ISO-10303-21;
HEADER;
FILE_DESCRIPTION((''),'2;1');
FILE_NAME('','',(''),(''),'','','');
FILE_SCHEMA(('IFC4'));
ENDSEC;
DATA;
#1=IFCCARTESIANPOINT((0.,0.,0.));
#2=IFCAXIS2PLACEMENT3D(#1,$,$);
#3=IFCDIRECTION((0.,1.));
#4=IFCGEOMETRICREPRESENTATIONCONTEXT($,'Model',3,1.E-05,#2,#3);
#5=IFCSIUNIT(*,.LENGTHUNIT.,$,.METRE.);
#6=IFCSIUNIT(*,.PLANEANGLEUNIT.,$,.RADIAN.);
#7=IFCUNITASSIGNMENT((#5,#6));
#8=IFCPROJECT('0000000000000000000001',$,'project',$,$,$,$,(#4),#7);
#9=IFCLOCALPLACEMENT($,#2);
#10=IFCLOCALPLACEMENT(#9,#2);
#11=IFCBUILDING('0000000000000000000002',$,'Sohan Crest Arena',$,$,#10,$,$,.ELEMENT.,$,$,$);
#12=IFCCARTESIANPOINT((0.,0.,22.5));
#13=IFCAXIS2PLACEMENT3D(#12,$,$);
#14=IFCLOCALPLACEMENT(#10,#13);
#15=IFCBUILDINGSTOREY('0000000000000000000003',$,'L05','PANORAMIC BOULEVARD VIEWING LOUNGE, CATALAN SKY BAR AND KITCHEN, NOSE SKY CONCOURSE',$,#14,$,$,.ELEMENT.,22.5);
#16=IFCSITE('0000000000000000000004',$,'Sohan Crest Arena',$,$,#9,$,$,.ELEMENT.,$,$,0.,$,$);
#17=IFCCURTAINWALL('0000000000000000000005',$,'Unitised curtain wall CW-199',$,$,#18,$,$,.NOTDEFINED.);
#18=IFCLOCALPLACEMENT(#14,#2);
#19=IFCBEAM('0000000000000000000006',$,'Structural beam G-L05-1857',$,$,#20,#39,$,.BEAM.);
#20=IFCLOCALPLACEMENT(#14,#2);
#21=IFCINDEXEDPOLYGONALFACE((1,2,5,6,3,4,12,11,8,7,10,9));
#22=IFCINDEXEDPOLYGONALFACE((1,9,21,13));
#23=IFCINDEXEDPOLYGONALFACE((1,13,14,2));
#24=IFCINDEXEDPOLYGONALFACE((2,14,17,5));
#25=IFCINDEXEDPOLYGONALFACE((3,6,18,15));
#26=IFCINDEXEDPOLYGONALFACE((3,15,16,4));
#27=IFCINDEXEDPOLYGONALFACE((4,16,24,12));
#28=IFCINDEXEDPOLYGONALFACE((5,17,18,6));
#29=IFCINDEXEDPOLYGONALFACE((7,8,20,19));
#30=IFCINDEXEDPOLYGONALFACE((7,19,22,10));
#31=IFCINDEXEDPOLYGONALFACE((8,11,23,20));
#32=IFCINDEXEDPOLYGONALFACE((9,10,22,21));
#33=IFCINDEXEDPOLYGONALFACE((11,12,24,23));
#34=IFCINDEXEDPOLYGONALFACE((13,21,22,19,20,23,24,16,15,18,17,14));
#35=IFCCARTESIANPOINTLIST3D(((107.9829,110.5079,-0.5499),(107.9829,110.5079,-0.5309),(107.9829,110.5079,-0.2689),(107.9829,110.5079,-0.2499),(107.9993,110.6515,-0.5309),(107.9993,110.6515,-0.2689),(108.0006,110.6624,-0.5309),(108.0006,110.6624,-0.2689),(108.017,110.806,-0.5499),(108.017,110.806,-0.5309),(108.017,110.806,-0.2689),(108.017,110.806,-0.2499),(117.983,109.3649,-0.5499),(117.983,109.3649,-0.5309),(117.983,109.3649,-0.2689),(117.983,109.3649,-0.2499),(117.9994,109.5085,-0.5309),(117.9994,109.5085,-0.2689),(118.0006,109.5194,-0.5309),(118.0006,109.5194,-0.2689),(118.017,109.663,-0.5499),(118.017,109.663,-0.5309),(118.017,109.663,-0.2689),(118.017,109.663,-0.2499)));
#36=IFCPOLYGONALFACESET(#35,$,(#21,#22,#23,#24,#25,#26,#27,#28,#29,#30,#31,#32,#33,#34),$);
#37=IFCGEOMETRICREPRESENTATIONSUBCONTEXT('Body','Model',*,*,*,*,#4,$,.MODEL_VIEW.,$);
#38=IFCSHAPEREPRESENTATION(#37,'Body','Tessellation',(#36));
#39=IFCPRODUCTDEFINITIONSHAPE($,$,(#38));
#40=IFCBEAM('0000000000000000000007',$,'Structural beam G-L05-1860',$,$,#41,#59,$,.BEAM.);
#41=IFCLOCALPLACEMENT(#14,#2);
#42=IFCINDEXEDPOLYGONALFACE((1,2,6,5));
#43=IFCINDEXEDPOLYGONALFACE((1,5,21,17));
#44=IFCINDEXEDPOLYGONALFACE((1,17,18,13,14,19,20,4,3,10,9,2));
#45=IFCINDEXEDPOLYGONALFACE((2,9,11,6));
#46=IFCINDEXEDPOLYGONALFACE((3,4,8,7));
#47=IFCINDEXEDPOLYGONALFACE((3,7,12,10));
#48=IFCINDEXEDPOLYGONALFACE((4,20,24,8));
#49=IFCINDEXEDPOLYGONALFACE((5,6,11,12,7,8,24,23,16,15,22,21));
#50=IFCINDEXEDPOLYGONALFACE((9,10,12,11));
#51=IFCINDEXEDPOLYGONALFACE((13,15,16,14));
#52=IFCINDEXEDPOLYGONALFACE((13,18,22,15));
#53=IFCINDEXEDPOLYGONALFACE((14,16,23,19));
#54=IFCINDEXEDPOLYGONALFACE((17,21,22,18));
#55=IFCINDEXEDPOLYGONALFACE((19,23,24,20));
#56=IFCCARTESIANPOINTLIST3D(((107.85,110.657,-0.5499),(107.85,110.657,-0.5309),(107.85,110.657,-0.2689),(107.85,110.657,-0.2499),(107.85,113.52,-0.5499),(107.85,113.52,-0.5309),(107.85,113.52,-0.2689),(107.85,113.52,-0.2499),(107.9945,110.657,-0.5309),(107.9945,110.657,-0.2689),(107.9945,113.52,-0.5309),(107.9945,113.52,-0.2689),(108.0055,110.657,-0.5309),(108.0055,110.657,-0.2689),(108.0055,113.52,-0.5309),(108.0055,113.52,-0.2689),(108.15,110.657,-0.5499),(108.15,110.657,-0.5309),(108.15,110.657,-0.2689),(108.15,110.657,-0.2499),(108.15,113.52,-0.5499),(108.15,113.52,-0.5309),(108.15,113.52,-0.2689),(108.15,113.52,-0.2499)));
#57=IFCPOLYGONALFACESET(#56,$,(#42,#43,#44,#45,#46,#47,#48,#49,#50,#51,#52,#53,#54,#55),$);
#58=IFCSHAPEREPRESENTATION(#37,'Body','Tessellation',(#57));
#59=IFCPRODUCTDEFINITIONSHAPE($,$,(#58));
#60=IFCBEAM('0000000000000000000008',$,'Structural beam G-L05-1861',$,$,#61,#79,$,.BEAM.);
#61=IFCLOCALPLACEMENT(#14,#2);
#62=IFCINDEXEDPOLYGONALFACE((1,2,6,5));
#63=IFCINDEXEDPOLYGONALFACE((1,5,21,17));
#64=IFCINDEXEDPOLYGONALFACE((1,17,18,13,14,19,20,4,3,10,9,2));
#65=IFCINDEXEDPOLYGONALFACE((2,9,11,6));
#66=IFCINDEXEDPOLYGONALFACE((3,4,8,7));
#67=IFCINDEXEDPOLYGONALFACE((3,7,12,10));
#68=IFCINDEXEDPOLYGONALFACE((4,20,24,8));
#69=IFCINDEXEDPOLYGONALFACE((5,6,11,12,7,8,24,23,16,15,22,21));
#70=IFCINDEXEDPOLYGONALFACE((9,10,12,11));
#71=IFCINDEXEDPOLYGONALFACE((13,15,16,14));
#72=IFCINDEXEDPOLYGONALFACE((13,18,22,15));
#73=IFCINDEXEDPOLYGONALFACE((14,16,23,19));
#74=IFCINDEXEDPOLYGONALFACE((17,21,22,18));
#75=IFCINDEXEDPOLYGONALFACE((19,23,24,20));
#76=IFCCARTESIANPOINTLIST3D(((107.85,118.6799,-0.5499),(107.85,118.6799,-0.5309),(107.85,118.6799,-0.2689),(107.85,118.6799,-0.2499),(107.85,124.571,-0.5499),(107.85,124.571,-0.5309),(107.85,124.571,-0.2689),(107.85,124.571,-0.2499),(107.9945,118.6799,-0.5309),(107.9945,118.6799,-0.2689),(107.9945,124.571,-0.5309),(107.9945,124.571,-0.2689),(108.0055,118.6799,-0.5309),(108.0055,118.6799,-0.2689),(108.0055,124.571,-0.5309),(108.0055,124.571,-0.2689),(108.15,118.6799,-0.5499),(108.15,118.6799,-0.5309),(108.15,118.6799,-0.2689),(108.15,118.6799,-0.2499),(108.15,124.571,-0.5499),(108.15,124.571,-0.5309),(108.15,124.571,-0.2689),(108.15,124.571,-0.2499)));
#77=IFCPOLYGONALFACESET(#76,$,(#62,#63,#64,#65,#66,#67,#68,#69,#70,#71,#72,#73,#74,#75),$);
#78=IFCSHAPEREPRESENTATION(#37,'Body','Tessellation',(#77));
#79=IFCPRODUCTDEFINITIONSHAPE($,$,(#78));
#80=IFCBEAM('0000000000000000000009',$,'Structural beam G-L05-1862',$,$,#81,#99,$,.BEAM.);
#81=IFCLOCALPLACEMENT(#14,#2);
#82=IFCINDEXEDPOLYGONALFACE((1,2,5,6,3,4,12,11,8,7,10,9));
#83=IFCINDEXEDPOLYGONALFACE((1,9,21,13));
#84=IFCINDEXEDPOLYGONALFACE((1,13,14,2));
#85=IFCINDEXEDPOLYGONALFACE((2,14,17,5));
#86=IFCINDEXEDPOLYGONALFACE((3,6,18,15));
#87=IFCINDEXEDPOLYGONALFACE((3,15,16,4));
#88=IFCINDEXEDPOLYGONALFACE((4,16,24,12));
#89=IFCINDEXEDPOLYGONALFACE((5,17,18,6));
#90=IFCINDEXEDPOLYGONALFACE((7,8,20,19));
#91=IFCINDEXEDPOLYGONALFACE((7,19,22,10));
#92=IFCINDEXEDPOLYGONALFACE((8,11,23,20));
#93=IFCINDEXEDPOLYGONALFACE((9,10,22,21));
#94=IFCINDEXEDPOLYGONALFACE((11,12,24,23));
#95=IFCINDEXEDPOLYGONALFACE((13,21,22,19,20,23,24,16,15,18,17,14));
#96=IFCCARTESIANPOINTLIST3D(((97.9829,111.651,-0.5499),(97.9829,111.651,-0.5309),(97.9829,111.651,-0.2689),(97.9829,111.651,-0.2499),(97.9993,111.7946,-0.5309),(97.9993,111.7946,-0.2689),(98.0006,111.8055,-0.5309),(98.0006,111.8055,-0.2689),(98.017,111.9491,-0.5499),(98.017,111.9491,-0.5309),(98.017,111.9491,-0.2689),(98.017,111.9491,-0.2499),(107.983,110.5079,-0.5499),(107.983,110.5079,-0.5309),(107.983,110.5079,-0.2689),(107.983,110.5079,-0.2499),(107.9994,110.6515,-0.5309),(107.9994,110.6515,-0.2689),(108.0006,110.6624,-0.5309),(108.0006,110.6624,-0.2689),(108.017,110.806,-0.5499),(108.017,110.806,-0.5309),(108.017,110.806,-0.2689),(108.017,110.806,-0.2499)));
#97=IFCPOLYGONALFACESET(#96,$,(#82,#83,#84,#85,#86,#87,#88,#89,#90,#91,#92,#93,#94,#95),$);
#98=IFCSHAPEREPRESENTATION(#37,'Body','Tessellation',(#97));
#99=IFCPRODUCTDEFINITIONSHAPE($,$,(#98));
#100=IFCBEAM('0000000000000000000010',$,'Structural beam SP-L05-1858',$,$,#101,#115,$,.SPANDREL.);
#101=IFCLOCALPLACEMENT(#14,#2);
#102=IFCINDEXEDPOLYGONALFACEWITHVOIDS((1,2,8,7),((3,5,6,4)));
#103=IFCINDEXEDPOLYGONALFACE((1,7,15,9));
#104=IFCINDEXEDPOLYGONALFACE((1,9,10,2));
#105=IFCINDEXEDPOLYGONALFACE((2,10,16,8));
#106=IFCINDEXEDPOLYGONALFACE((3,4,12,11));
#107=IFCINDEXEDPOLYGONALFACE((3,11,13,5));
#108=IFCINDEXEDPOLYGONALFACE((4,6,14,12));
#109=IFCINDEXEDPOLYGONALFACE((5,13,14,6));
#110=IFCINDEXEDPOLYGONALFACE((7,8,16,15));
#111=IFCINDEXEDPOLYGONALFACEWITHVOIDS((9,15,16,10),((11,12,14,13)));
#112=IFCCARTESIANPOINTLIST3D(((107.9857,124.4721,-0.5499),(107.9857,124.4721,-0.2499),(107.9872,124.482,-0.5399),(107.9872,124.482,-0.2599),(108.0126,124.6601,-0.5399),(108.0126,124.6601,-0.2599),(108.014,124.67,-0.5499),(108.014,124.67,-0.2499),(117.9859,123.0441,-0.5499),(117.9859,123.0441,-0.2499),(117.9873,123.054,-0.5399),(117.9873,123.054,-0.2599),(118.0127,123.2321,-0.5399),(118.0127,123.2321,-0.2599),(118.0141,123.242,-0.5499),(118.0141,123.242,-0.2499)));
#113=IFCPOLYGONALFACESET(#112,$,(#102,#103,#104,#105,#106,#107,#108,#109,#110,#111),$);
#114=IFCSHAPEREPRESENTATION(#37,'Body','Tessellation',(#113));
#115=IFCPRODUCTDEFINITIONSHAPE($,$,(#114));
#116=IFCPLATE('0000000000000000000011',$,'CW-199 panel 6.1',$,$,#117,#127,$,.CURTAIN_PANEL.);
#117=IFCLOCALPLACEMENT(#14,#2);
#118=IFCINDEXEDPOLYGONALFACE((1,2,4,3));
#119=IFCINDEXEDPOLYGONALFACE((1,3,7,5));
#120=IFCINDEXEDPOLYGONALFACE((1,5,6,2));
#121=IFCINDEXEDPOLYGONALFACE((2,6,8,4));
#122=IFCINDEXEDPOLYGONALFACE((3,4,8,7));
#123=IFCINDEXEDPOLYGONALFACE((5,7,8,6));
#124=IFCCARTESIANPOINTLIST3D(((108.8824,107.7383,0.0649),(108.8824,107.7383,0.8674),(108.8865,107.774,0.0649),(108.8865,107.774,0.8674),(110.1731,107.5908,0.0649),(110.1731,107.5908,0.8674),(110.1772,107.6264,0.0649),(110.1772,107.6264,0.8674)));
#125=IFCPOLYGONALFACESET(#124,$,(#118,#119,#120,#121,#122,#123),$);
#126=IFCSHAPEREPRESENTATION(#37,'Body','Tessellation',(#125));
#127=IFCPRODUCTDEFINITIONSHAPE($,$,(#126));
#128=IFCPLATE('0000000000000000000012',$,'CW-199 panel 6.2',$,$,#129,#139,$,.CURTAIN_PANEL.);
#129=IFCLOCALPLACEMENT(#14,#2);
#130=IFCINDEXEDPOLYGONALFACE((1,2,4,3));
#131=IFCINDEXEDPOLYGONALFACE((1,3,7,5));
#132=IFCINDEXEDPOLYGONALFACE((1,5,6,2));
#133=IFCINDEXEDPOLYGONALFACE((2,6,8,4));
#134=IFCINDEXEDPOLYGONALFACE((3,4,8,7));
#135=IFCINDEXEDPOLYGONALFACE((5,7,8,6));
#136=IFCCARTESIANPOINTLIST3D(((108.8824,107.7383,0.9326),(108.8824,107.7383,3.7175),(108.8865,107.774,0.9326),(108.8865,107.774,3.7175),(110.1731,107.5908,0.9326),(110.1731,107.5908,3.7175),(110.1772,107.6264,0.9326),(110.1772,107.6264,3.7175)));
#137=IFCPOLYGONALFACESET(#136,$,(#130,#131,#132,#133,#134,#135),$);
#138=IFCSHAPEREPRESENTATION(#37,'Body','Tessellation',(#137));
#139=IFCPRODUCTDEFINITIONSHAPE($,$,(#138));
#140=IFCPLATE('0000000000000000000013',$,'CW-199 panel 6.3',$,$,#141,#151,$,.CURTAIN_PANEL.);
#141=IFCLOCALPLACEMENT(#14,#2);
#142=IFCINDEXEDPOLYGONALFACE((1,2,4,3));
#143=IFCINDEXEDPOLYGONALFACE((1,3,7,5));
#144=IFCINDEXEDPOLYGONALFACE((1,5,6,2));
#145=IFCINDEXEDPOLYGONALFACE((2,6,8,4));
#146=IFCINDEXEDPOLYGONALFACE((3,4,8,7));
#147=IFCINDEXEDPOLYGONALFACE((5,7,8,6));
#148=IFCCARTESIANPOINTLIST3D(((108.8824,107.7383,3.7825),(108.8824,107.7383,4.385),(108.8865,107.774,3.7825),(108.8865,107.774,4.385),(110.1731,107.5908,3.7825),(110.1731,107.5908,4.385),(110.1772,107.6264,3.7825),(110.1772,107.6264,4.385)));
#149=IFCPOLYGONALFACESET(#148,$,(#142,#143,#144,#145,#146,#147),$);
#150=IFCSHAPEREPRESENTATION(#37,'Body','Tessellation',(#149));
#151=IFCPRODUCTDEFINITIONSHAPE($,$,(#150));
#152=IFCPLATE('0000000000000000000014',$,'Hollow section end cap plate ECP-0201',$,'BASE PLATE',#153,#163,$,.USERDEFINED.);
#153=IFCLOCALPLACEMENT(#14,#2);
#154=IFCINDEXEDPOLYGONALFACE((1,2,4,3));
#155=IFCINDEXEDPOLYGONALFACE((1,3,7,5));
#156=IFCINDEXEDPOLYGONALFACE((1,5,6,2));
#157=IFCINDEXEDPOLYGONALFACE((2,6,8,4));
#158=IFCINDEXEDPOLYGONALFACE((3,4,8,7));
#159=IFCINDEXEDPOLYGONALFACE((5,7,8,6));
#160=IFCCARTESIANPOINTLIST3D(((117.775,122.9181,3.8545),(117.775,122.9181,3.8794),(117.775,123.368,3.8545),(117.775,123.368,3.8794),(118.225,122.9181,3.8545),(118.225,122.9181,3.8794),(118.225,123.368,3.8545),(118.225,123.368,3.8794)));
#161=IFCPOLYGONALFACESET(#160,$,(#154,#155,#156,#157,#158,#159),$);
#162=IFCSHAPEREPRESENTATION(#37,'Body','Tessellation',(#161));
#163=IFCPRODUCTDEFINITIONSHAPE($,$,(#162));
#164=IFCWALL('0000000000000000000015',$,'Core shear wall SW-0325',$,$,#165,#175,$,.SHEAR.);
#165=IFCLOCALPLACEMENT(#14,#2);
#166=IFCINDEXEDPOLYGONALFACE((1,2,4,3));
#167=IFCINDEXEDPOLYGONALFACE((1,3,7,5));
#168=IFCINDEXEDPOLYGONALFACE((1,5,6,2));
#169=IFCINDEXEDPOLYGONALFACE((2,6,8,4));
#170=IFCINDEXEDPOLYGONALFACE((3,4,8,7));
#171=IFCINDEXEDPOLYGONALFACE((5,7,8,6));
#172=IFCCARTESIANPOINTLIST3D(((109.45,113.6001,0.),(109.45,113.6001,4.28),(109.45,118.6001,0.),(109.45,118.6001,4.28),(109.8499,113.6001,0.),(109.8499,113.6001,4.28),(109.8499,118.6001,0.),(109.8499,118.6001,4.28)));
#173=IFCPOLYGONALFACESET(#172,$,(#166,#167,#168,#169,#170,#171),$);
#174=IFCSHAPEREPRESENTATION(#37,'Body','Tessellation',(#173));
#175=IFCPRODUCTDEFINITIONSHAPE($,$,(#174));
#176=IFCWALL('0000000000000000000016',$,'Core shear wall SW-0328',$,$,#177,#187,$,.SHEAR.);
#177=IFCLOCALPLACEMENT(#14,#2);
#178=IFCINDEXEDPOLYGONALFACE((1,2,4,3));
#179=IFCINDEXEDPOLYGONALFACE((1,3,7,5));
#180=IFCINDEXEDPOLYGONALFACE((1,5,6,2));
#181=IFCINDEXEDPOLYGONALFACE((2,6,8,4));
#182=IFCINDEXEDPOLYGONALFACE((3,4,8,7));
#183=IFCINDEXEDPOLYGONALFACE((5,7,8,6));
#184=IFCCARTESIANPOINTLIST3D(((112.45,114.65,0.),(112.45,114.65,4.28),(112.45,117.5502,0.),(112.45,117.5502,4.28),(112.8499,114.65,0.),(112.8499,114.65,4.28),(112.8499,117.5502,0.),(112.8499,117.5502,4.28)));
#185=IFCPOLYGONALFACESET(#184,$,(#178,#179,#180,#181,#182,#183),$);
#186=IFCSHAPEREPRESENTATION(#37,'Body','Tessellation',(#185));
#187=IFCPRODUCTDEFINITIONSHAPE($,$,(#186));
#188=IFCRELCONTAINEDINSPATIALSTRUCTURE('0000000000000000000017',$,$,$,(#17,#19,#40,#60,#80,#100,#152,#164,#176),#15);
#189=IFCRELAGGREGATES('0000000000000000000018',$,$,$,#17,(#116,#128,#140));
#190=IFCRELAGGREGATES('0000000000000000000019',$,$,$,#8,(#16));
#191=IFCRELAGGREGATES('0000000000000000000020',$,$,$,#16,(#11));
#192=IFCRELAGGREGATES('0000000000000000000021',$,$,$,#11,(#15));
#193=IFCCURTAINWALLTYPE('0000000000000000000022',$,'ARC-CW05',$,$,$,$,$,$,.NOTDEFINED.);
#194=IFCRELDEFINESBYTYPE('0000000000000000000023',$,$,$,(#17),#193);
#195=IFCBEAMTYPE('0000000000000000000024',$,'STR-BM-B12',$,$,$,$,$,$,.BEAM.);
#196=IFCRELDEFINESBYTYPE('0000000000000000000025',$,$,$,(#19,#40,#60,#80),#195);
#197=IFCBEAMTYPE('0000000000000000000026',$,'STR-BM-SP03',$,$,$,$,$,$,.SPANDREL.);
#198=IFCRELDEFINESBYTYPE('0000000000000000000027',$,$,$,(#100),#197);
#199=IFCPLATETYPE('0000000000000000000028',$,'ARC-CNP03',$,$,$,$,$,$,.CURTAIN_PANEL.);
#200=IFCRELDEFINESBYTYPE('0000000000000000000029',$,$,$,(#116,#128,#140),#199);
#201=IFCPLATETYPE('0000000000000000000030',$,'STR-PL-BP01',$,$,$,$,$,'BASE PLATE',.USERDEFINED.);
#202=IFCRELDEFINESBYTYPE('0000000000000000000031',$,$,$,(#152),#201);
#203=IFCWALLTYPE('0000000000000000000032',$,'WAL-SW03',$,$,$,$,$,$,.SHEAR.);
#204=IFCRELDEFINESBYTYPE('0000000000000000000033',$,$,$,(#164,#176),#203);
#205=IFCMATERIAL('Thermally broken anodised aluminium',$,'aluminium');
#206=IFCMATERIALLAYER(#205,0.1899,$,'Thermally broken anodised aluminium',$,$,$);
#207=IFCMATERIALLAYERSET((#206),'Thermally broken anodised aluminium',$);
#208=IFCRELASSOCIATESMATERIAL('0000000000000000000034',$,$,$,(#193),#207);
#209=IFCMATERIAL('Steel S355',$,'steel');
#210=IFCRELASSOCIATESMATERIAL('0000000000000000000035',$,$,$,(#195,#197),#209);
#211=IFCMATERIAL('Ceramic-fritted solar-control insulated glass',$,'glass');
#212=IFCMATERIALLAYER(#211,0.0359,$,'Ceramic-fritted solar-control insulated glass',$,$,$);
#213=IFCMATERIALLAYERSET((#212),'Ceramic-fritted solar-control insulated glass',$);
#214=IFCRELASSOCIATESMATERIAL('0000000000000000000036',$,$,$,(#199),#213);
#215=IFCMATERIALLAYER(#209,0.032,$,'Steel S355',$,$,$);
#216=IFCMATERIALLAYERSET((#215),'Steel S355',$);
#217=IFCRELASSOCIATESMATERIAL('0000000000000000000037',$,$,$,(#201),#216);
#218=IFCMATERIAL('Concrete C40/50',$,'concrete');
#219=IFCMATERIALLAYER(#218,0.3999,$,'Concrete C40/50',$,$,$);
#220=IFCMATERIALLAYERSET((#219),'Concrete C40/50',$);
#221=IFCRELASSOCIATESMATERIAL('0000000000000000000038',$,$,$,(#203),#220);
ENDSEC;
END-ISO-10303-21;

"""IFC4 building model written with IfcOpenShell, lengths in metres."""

from ifc_helpers import new_model, si_unit, direction, frame, frame_2d, origin, origin_2d, place, context, subcontext, project, spatial, rectangle, hollow_rectangle, i_section, extrude, material, layer, layer_set, material_profile, profile_set, type_object, element, aggregate, save


model = new_model("IFC4")

# Units and contexts
model_context = context("Model", 3, precision=1e-05, world=origin(), true_north=direction((0.0, 1.0)))
body_context = subcontext(model_context, "Body", "Model", "MODEL_VIEW")
ifc_project = project(units=[si_unit("LENGTHUNIT", "METRE"), si_unit("PLANEANGLEUNIT", "RADIAN")], contexts=[model_context])

# Site, building, storey
site_placement = place(None, origin())
site = spatial("IfcSite", under=ifc_project, at=site_placement, Name="Sohan Crest Arena", CompositionType="ELEMENT", RefElevation=0.0)
building_placement = place(site_placement, origin())
building = spatial("IfcBuilding", under=site, at=building_placement, Name="Sohan Crest Arena", CompositionType="ELEMENT")
storey_placement = place(building_placement, frame((0.0, 0.0, 22.5)))
storey = spatial("IfcBuildingStorey", under=building, at=storey_placement, Name="L05", Description="PANORAMIC BOULEVARD VIEWING LOUNGE, CATALAN SKY BAR AND KITCHEN, NOSE SKY CONCOURSE", CompositionType="ELEMENT", Elevation=22.5)

# Shared definitions
ifc_material_1 = material(Name="Concrete C40/50", Category="concrete")
ifc_material_2 = material(Name="Steel S355", Category="steel")

# Curtain wall
ifc_material_3 = material(Name="Thermally broken anodised aluminium", Category="aluminium")
ifc_layer_1 = layer(ifc_material_3, 0.1899, Name="Thermally broken anodised aluminium")
ifc_layer_set_1 = layer_set([ifc_layer_1], Name="Thermally broken anodised aluminium")
curtain_wall_type = type_object("IfcCurtainWallType", Name="ARC-CW05", PredefinedType="NOTDEFINED", material=ifc_layer_set_1)
curtain_wall_placement = place(storey_placement, origin())
curtain_wall = element("IfcCurtainWall", 1, at=curtain_wall_placement, inside=storey, type_object=curtain_wall_type, Name="Unitised curtain wall CW-199", PredefinedType="NOTDEFINED")

# Beams
ifc_material_profile_1 = material_profile(ifc_material_2, i_section(OverallWidth=0.3, OverallDepth=0.3, WebThickness=0.011, FlangeThickness=0.019, at=origin_2d()), Name="HEB 300")
ifc_profile_set_1 = profile_set([ifc_material_profile_1], Name="Steel S355")
beam_type_1 = type_object("IfcBeamType", Name="STR-BM-B12", PredefinedType="BEAM", material=ifc_profile_set_1)
beam_1_placement = place(storey_placement, frame((118.0, 109.5139, -0.3999), z_axis=(-0.99353, 0.113567, 0.0), x_axis=(-0.113567, -0.99353, 0.0)))
element("IfcBeam", 2, at=beam_1_placement, inside=storey, type_object=beam_type_1, Name="Structural beam G-L05-1857", PredefinedType="BEAM", context=body_context, shape_type="SweptSolid", body=[
    extrude(i_section(OverallWidth=0.3, OverallDepth=0.3, WebThickness=0.011, FlangeThickness=0.019, at=origin_2d()), origin(), (0.0, 0.0, 1.0), 10.0652),
])
beam_2_placement = place(storey_placement, frame((108.0, 110.657, -0.3999), z_axis=(0.0, 1.0, 0.0), x_axis=(-1.0, 0.0, 0.0)))
element("IfcBeam", 3, at=beam_2_placement, inside=storey, type_object=beam_type_1, Name="Structural beam G-L05-1860", PredefinedType="BEAM", context=body_context, shape_type="SweptSolid", body=[
    extrude(i_section(OverallWidth=0.3, OverallDepth=0.3, WebThickness=0.011, FlangeThickness=0.019, at=origin_2d()), origin(), (0.0, 0.0, 1.0), 2.863),
])
beam_3_placement = place(storey_placement, frame((108.0, 118.6799, -0.3999), z_axis=(0.0, 1.0, 0.0), x_axis=(-1.0, 0.0, 0.0)))
element("IfcBeam", 4, at=beam_3_placement, inside=storey, type_object=beam_type_1, Name="Structural beam G-L05-1861", PredefinedType="BEAM", context=body_context, shape_type="SweptSolid", body=[
    extrude(i_section(OverallWidth=0.3, OverallDepth=0.3, WebThickness=0.011, FlangeThickness=0.019, at=origin_2d()), origin(), (0.0, 0.0, 1.0), 5.8911),
])
beam_4_placement = place(storey_placement, frame((108.0, 110.657, -0.3999), z_axis=(-0.99353, 0.113567, 0.0), x_axis=(-0.113567, -0.99353, 0.0)))
element("IfcBeam", 5, at=beam_4_placement, inside=storey, type_object=beam_type_1, Name="Structural beam G-L05-1862", PredefinedType="BEAM", context=body_context, shape_type="SweptSolid", body=[
    extrude(i_section(OverallWidth=0.3, OverallDepth=0.3, WebThickness=0.011, FlangeThickness=0.019, at=origin_2d()), origin(), (0.0, 0.0, 1.0), 10.0652),
])
ifc_material_profile_2 = material_profile(ifc_material_2, hollow_rectangle(XDim=0.2, YDim=0.3, WallThickness=0.01, at=origin_2d()), Name="RHS 300x200x10")
ifc_profile_set_2 = profile_set([ifc_material_profile_2], Name="Steel S355")
beam_type_2 = type_object("IfcBeamType", Name="STR-BM-SP03", PredefinedType="SPANDREL", material=ifc_profile_set_2)
beam_5_placement = place(storey_placement, frame((118.0, 123.1431, -0.3999), z_axis=(-0.989958, 0.141364, 0.0), x_axis=(-0.141364, -0.989958, 0.0)))
element("IfcBeam", 6, at=beam_5_placement, inside=storey, type_object=beam_type_2, Name="Structural beam SP-L05-1858", PredefinedType="SPANDREL", context=body_context, shape_type="SweptSolid", body=[
    extrude(hollow_rectangle(XDim=0.2, YDim=0.3, WallThickness=0.01, at=origin_2d()), origin(), (0.0, 0.0, 1.0), 10.1016),
])

# Plates
ifc_material_4 = material(Name="Ceramic-fritted solar-control insulated glass", Category="glass")
ifc_layer_2 = layer(ifc_material_4, 0.0359, Name="Ceramic-fritted solar-control insulated glass")
ifc_layer_set_2 = layer_set([ifc_layer_2], Name="Ceramic-fritted solar-control insulated glass")
plate_type_1 = type_object("IfcPlateType", Name="ARC-CNP03", PredefinedType="CURTAIN_PANEL", material=ifc_layer_set_2)
plate_1_placement = place(storey_placement, frame((109.5298, 107.6824, 0.0649), z_axis=(0.0, 0.0, 1.0), x_axis=(-0.993527, 0.113597, 0.0)))
plate_1 = element("IfcPlate", 7, at=plate_1_placement, type_object=plate_type_1, Name="CW-199 panel 6.1", PredefinedType="CURTAIN_PANEL", context=body_context, shape_type="SweptSolid", body=[
    extrude(rectangle(XDim=1.2991, YDim=0.0359, at=origin_2d()), origin(), (0.0, 0.0, 1.0), 0.8025),
])
plate_2_placement = place(storey_placement, frame((109.5298, 107.6824, 0.9326), z_axis=(0.0, 0.0, 1.0), x_axis=(-0.993527, 0.113597, 0.0)))
plate_2 = element("IfcPlate", 8, at=plate_2_placement, type_object=plate_type_1, Name="CW-199 panel 6.2", PredefinedType="CURTAIN_PANEL", context=body_context, shape_type="SweptSolid", body=[
    extrude(rectangle(XDim=1.2991, YDim=0.0359, at=origin_2d()), origin(), (0.0, 0.0, 1.0), 2.7849),
])
plate_3_placement = place(storey_placement, frame((109.5298, 107.6824, 3.7825), z_axis=(0.0, 0.0, 1.0), x_axis=(-0.993527, 0.113597, 0.0)))
plate_3 = element("IfcPlate", 9, at=plate_3_placement, type_object=plate_type_1, Name="CW-199 panel 6.3", PredefinedType="CURTAIN_PANEL", context=body_context, shape_type="SweptSolid", body=[
    extrude(rectangle(XDim=1.2991, YDim=0.0359, at=origin_2d()), origin(), (0.0, 0.0, 1.0), 0.6025),
])
aggregate(curtain_wall, [plate_1, plate_2, plate_3])
ifc_layer_3 = layer(ifc_material_2, 0.032, Name="Steel S355")
ifc_layer_set_3 = layer_set([ifc_layer_3], Name="Steel S355")
plate_type_2 = type_object("IfcPlateType", Name="STR-PL-BP01", ElementType="BASE PLATE", PredefinedType="USERDEFINED", material=ifc_layer_set_3)
plate_4_placement = place(storey_placement, frame((118.0, 123.1431, 3.8545), z_axis=(0.0, 0.0, 1.0), x_axis=(1.0, 0.0, 0.0)))
element("IfcPlate", 10, at=plate_4_placement, inside=storey, type_object=plate_type_2, Name="Hollow section end cap plate ECP-0201", ObjectType="BASE PLATE", PredefinedType="USERDEFINED", context=body_context, shape_type="SweptSolid", body=[
    extrude(rectangle(XDim=0.45, YDim=0.45, at=origin_2d()), origin(), (0.0, 0.0, 1.0), 0.0249),
])

# Walls
ifc_layer_4 = layer(ifc_material_1, 0.3999, Name="Concrete C40/50")
ifc_layer_set_4 = layer_set([ifc_layer_4], Name="Concrete C40/50")
wall_type = type_object("IfcWallType", Name="WAL-SW03", PredefinedType="SHEAR", material=ifc_layer_set_4)
wall_1_placement = place(storey_placement, frame((109.6499, 113.6001, 0.0), z_axis=(0.0, 0.0, 1.0), x_axis=(0.0, 1.0, 0.0)))
element("IfcWall", 11, at=wall_1_placement, inside=storey, type_object=wall_type, Name="Core shear wall SW-0325", PredefinedType="SHEAR", context=body_context, shape_type="SweptSolid", body=[
    extrude(rectangle(XDim=5.0, YDim=0.3999, at=frame_2d((2.5, 0.0))), origin(), (0.0, 0.0, 1.0), 4.28),
])
wall_2_placement = place(storey_placement, frame((112.6499, 114.6499, 0.0), z_axis=(0.0, 0.0, 1.0), x_axis=(0.0, 1.0, 0.0)))
element("IfcWall", 12, at=wall_2_placement, inside=storey, type_object=wall_type, Name="Core shear wall SW-0328", PredefinedType="SHEAR", context=body_context, shape_type="SweptSolid", body=[
    extrude(rectangle(XDim=2.9001, YDim=0.3999, at=frame_2d((1.4502, 0.0))), origin(), (0.0, 0.0, 1.0), 4.28),
])

save(model, "model.ifc")
